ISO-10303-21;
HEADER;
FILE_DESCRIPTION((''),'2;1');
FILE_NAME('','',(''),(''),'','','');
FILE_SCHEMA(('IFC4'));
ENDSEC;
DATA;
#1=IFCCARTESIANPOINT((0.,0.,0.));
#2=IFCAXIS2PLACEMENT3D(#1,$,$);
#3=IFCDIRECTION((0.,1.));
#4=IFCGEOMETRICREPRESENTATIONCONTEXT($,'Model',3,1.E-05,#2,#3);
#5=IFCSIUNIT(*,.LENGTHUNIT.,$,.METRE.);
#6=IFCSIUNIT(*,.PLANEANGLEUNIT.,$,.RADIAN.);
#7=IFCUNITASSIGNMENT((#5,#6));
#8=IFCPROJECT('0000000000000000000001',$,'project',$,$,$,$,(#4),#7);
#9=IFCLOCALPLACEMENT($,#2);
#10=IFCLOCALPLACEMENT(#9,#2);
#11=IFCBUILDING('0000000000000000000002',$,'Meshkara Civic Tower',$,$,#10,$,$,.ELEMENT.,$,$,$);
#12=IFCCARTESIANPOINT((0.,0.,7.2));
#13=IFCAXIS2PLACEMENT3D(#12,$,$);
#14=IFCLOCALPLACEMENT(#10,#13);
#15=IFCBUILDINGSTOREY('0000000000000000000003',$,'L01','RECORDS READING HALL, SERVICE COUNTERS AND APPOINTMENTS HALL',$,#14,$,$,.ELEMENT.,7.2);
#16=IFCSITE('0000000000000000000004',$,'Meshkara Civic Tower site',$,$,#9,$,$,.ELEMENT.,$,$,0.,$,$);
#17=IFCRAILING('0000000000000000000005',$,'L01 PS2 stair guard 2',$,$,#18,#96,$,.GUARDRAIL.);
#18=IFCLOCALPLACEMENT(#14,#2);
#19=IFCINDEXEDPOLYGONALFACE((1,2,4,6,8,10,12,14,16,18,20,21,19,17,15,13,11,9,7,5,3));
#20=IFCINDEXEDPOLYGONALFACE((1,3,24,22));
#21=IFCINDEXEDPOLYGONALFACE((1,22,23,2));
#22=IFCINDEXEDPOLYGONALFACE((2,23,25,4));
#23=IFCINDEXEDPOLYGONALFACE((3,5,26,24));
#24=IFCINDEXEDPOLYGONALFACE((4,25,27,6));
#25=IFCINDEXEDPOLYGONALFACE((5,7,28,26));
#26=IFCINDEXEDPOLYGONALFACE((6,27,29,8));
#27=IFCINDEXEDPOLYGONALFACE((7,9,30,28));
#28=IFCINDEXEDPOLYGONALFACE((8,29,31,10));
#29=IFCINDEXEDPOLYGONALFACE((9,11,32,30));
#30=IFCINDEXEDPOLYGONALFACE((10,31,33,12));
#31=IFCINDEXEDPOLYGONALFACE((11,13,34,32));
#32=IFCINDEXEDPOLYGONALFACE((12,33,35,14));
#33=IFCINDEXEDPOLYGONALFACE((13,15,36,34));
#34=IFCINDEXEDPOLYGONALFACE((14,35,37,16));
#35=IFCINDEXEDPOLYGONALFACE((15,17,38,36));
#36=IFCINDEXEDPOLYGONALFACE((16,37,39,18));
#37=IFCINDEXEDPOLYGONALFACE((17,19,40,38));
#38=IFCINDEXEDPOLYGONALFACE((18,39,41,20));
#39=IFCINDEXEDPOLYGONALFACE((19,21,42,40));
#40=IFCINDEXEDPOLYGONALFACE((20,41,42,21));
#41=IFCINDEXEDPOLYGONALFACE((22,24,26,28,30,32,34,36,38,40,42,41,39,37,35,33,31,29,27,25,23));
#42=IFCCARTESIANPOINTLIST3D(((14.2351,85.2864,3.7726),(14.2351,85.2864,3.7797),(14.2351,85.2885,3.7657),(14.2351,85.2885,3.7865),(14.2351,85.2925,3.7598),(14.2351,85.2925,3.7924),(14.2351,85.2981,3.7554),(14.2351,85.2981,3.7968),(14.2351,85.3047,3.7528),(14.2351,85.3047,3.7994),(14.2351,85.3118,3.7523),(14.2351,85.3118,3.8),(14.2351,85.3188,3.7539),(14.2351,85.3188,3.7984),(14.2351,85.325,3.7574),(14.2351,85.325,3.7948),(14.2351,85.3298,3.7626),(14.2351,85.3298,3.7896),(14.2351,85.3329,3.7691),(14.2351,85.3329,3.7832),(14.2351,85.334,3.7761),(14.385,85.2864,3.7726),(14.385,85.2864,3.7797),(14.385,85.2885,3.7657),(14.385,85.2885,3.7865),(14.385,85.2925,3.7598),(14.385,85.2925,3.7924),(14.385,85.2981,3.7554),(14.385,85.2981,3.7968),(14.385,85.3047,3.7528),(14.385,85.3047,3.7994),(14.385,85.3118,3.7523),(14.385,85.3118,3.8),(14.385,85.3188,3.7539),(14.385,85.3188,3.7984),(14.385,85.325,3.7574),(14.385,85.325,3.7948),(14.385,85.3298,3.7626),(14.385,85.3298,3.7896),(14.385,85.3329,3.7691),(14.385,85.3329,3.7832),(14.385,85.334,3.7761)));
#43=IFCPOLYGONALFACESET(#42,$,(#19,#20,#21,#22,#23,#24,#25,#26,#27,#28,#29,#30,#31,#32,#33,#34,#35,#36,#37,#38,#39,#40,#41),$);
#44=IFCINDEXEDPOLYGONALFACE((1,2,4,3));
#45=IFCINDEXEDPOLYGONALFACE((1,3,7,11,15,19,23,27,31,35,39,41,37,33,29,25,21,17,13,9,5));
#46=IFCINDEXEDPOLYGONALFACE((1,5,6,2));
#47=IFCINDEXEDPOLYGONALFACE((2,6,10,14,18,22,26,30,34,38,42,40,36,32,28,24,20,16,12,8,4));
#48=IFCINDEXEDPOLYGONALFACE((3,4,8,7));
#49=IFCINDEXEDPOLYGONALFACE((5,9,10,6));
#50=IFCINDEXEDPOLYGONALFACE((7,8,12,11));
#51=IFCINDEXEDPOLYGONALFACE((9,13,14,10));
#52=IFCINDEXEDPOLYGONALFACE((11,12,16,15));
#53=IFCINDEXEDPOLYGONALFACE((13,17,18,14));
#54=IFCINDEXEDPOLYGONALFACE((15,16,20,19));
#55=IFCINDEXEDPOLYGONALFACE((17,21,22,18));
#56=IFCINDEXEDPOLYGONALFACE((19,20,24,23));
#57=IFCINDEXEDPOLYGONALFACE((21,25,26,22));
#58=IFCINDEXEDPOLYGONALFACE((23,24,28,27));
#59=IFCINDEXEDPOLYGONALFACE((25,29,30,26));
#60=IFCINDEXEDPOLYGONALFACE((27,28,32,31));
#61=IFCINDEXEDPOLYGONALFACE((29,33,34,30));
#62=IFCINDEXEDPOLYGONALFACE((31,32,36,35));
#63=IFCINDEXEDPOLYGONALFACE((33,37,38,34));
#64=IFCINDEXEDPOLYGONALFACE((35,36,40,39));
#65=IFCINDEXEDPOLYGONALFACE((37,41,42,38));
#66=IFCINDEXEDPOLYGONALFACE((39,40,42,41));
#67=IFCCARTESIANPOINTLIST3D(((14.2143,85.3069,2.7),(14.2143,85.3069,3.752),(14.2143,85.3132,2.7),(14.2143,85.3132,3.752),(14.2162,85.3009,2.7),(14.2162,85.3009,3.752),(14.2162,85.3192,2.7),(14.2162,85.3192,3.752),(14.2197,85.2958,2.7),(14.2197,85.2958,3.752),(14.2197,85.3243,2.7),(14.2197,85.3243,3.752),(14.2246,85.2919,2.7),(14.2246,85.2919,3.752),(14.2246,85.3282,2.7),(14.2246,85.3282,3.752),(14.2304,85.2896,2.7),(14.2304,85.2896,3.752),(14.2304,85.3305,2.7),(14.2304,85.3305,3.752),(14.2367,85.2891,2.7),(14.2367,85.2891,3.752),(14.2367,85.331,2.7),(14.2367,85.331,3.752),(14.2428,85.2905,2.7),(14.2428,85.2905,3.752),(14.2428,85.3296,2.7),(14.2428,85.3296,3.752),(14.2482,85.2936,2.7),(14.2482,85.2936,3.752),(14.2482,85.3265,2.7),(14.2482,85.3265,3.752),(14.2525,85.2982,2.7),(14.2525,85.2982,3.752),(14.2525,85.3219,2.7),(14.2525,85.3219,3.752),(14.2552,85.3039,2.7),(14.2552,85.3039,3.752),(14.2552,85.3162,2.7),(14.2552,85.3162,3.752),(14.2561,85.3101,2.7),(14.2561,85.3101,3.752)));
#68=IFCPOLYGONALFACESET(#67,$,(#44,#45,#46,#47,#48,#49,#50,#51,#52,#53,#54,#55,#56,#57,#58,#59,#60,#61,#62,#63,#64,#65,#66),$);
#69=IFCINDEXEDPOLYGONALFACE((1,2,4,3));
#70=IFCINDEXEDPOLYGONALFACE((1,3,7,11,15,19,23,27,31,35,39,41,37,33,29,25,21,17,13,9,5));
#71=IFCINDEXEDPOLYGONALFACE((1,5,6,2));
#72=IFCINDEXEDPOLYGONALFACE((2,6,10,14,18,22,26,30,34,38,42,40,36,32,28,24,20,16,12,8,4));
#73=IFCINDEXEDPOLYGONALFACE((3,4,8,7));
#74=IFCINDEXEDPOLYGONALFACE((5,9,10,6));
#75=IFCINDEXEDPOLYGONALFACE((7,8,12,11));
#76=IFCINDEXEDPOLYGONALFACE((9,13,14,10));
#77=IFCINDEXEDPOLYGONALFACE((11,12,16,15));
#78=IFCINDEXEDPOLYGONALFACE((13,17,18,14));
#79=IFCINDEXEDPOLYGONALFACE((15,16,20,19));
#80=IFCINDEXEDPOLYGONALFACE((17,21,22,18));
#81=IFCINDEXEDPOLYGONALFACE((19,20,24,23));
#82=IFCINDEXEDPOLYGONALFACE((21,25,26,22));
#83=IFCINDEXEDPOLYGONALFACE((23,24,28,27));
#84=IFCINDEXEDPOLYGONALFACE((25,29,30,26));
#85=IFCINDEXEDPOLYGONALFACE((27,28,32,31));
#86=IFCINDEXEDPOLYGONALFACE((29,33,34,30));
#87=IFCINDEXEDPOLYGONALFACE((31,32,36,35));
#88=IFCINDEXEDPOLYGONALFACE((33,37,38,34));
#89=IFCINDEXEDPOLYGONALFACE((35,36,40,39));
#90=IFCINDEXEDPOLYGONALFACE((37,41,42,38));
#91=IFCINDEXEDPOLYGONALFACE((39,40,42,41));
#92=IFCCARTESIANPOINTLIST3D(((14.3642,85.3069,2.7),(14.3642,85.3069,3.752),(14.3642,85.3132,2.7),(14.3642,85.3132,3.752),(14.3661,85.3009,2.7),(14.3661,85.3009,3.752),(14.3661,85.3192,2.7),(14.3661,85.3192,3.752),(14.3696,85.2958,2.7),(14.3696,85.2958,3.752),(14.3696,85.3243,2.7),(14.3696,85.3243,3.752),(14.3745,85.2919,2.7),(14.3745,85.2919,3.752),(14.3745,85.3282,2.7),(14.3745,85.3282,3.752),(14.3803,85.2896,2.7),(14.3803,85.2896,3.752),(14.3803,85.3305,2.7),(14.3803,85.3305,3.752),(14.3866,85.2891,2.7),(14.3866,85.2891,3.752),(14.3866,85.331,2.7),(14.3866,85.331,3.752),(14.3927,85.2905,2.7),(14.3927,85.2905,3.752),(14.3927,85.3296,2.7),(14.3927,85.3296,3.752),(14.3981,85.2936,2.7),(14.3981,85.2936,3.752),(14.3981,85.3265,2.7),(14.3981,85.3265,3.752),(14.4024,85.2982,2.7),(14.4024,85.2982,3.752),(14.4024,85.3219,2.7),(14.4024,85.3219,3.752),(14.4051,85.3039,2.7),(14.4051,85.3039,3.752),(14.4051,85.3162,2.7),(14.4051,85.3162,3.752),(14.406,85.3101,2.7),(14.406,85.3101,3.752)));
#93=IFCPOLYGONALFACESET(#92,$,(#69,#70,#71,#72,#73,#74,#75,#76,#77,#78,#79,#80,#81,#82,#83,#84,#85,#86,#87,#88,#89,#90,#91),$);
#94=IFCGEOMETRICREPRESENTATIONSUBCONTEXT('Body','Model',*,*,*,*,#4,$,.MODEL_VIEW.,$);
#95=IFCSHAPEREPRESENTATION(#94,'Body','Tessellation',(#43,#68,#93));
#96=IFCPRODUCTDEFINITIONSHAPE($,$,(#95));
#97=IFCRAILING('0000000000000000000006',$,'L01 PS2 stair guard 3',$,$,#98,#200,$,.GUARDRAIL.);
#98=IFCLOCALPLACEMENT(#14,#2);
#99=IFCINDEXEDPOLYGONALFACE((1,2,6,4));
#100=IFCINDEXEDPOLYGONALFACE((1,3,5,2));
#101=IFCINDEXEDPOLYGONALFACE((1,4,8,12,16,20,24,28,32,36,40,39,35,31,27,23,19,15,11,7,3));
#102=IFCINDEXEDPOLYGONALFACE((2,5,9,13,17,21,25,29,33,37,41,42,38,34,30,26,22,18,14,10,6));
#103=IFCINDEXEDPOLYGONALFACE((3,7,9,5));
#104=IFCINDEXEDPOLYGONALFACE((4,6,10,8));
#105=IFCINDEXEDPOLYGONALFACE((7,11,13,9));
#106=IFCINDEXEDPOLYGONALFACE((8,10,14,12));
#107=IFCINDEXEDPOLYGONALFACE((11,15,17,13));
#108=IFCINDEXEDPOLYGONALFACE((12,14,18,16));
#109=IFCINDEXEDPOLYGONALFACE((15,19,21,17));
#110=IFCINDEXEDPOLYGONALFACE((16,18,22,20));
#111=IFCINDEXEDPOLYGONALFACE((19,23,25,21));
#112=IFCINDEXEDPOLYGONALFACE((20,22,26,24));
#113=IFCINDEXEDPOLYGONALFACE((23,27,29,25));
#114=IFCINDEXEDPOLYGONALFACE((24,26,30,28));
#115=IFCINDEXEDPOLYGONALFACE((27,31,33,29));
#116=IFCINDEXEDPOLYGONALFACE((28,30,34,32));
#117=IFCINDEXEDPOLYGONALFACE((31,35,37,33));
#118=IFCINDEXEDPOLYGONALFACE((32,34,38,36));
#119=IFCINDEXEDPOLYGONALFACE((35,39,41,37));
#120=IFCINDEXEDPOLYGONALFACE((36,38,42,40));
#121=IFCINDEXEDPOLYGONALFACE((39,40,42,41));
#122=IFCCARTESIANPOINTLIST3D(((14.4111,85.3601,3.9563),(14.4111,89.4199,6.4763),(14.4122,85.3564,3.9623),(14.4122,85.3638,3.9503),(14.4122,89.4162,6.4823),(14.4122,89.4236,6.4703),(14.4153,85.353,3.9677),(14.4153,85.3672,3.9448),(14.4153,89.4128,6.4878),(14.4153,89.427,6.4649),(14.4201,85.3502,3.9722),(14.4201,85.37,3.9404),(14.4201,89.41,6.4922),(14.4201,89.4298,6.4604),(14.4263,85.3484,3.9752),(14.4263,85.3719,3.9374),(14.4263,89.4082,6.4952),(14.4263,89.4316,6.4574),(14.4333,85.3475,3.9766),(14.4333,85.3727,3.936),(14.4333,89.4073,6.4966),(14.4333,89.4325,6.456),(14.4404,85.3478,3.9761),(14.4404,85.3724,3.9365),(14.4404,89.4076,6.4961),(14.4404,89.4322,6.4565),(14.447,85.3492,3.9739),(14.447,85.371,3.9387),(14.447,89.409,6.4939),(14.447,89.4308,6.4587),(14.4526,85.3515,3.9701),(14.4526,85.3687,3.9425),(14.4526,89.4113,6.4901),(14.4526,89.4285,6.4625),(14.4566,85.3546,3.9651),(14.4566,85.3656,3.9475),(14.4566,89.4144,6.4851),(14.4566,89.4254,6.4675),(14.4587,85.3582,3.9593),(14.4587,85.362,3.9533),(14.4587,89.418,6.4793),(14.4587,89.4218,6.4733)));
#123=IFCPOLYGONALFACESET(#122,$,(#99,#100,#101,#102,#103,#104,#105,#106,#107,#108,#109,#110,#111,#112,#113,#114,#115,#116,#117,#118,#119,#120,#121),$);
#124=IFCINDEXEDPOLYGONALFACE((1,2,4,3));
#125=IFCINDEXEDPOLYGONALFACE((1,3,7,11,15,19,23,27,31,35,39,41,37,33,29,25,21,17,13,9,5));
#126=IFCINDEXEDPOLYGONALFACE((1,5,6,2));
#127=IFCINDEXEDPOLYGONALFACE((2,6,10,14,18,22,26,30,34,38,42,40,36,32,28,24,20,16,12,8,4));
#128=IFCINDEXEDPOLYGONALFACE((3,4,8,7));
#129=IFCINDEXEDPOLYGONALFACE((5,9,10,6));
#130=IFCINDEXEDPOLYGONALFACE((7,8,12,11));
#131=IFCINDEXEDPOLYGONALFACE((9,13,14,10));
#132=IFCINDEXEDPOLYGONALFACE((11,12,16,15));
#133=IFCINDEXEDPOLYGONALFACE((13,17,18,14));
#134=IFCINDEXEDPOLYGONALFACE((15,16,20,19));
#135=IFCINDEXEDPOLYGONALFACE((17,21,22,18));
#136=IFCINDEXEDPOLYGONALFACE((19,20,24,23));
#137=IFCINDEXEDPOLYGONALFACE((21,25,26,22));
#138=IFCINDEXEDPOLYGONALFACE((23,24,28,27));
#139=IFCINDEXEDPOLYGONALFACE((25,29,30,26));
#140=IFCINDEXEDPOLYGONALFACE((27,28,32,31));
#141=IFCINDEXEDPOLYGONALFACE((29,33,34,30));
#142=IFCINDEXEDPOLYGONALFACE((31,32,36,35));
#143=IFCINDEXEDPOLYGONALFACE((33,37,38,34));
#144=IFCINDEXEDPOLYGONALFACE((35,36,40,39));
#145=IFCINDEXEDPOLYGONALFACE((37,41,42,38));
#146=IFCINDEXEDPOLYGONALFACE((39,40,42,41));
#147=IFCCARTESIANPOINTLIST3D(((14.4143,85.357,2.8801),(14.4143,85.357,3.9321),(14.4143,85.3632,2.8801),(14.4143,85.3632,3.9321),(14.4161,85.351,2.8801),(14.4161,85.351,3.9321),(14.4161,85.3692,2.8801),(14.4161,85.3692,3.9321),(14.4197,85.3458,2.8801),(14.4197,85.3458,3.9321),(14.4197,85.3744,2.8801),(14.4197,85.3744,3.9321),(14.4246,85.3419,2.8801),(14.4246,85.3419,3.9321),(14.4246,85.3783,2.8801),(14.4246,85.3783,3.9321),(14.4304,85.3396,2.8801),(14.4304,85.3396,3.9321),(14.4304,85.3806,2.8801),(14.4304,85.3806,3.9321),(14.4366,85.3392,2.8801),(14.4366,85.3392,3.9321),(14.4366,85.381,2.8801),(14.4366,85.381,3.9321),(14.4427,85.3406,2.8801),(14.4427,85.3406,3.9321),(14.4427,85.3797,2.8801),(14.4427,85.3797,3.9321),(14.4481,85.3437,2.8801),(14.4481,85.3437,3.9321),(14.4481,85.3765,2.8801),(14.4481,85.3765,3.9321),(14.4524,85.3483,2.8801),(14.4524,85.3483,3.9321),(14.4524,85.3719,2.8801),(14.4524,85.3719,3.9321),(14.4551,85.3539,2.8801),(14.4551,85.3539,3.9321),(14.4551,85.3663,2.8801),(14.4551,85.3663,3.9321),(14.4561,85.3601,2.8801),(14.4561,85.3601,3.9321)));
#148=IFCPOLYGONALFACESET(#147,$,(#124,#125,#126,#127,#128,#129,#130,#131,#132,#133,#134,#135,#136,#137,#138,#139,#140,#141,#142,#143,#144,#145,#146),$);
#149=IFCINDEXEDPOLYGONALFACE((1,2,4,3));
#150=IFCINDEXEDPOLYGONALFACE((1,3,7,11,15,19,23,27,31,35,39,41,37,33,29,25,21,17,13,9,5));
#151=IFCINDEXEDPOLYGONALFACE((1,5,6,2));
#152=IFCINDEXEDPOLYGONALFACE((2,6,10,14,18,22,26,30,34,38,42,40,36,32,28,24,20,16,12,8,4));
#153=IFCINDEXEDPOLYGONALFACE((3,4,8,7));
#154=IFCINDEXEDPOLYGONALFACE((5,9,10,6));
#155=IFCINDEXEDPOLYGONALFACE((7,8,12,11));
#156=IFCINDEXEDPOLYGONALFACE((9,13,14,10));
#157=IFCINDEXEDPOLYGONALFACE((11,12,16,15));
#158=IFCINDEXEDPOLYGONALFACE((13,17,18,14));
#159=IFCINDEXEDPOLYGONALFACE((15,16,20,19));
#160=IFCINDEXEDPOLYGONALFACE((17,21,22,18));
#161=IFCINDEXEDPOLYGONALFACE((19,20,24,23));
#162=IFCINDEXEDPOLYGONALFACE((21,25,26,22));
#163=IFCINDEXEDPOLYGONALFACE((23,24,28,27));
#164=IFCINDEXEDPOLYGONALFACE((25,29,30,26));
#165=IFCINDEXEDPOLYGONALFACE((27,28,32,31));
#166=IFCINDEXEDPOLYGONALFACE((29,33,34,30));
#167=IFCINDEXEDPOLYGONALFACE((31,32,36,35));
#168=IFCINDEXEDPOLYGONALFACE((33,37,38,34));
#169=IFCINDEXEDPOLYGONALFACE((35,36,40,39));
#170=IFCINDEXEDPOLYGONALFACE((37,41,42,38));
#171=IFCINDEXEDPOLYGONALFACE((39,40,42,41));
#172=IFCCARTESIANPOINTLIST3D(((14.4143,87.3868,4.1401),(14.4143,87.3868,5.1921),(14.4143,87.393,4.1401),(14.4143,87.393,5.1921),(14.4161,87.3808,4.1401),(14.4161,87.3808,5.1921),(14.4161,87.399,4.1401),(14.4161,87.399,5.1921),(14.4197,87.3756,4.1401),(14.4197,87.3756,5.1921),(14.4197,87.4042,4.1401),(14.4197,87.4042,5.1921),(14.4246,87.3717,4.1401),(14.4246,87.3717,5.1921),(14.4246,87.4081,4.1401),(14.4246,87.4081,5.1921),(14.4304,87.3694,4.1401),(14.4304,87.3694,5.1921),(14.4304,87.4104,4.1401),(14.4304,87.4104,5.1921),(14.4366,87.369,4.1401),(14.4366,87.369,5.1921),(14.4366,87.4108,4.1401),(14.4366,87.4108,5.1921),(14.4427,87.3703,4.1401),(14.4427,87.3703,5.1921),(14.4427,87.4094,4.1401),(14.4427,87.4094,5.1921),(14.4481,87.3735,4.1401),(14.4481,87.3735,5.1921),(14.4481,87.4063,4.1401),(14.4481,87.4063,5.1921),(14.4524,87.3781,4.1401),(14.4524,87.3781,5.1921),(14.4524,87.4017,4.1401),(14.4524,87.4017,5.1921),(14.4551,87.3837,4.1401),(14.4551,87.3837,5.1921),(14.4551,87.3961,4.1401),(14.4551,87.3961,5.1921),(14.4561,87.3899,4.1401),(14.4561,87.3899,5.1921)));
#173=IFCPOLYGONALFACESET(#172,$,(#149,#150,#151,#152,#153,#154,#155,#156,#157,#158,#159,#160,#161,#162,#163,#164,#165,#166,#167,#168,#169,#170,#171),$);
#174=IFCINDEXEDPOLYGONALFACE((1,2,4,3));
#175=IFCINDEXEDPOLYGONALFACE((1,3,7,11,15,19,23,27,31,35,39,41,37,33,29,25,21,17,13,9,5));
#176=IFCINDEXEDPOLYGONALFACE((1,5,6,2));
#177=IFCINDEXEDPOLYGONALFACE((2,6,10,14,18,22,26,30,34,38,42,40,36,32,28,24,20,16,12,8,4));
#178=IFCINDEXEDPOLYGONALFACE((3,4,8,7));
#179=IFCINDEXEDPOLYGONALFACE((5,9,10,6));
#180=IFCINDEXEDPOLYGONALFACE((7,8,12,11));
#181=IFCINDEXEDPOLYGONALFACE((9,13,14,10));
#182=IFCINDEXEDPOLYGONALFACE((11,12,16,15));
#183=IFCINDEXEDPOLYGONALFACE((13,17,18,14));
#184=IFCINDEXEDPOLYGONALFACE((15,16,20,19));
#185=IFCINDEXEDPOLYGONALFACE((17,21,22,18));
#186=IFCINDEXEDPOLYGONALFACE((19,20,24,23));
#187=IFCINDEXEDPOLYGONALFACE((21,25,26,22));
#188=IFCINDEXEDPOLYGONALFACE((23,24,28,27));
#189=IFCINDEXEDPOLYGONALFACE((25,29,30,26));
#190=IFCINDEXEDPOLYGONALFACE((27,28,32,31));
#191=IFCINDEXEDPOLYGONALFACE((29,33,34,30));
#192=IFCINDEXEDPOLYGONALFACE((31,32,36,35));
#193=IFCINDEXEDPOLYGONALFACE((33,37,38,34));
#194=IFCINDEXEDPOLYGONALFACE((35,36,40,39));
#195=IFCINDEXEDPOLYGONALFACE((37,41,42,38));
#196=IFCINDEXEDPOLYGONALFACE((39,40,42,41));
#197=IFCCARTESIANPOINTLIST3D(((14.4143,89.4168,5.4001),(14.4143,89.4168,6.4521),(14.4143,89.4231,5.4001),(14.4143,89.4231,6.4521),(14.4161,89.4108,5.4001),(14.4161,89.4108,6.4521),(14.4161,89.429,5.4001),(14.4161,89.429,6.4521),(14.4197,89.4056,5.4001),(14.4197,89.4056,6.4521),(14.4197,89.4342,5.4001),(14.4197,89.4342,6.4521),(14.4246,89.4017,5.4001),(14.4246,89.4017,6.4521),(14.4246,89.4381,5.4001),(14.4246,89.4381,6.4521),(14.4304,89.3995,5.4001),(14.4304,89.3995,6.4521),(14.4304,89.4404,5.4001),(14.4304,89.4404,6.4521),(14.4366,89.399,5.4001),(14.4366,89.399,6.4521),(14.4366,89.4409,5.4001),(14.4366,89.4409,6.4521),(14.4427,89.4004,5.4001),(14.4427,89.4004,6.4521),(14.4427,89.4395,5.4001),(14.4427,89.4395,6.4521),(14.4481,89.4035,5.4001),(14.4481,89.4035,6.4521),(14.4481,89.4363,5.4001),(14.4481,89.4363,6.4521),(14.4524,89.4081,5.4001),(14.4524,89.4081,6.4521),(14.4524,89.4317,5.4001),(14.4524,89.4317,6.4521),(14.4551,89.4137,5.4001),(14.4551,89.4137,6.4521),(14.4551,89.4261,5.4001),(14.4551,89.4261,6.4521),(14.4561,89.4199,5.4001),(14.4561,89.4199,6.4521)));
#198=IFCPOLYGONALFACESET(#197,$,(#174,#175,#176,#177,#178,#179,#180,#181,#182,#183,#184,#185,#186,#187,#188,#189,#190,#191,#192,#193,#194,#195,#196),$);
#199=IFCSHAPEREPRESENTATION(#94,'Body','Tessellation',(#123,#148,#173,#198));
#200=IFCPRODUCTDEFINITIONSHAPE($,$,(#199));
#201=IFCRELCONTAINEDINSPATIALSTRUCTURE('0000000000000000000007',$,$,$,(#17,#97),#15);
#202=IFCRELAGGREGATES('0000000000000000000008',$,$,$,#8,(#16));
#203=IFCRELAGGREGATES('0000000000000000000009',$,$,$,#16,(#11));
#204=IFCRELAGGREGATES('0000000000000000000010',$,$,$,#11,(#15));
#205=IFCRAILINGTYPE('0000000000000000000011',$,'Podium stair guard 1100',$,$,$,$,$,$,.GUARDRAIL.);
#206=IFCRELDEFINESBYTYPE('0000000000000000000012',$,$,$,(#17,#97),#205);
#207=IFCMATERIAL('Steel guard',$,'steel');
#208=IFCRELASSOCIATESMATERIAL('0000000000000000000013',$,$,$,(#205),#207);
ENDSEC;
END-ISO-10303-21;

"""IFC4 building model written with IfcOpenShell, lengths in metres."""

from ifc_helpers import new_model, si_unit, direction, frame, origin, origin_2d, place, context, subcontext, project, spatial, circle, extrude, material, type_object, element, save


model = new_model("IFC4")

# Units and contexts
model_context = context("Model", 3, precision=1e-05, world=origin(), true_north=direction((0.0, 1.0)))
body_context = subcontext(model_context, "Body", "Model", "MODEL_VIEW")
ifc_project = project(units=[si_unit("LENGTHUNIT", "METRE"), si_unit("PLANEANGLEUNIT", "RADIAN")], contexts=[model_context])

# Site, building, storey
site_placement = place(None, origin())
site = spatial("IfcSite", under=ifc_project, at=site_placement, Name="Meshkara Civic Tower site", CompositionType="ELEMENT", RefElevation=0.0)
building_placement = place(site_placement, origin())
building = spatial("IfcBuilding", under=site, at=building_placement, Name="Meshkara Civic Tower", CompositionType="ELEMENT")
storey_placement = place(building_placement, frame((0.0, 0.0, 7.2)))
storey = spatial("IfcBuildingStorey", under=building, at=storey_placement, Name="L01", Description="RECORDS READING HALL, SERVICE COUNTERS AND APPOINTMENTS HALL", CompositionType="ELEMENT", Elevation=7.2)

# Railings
ifc_material_1 = material(Name="Steel guard", Category="steel")
railing_type_1 = type_object("IfcRailingType", Name="Podium stair guard 1100", PredefinedType="GUARDRAIL", material=ifc_material_1)
railing_1_placement = place(storey_placement, frame((14.2351, 85.3101, 2.7)))
element("IfcRailing", 1, at=railing_1_placement, inside=storey, type_object=railing_type_1, Name="L01 PS2 stair guard 2", PredefinedType="GUARDRAIL", context=body_context, shape_type="SweptSolid", body=[
    extrude(circle(Radius=0.0239, at=origin_2d()), frame((0.0, 0.0, 1.0762), z_axis=(1.0, 0.0, 0.0), x_axis=(0.0, 1.0, 0.0)), (0.0, 0.0, 1.0), 0.1499),
    extrude(circle(Radius=0.021, at=origin_2d()), origin(), (0.0, 0.0, 1.0), 1.052),
    extrude(circle(Radius=0.021, at=origin_2d()), frame((0.1499, 0.0, 0.0)), (0.0, 0.0, 1.0), 1.052),
])
railing_2_placement = place(storey_placement, frame((14.4351, 85.3601, 2.8801)))
element("IfcRailing", 2, at=railing_2_placement, inside=storey, type_object=railing_type_1, Name="L01 PS2 stair guard 3", PredefinedType="GUARDRAIL", context=body_context, shape_type="SweptSolid", body=[
    extrude(circle(Radius=0.0239, at=origin_2d()), frame((0.0, 0.0, 1.0762), z_axis=(0.0, 0.849628, 0.527383), x_axis=(-1.0, 0.0, 0.0)), (0.0, 0.0, 1.0), 4.7783),
    extrude(circle(Radius=0.021, at=origin_2d()), origin(), (0.0, 0.0, 1.0), 1.052),
    extrude(circle(Radius=0.021, at=origin_2d()), frame((0.0, 2.0298, 1.26)), (0.0, 0.0, 1.0), 1.052),
    extrude(circle(Radius=0.021, at=origin_2d()), frame((0.0, 4.0598, 2.52)), (0.0, 0.0, 1.0), 1.052),
])

save(model, "model.ifc")
